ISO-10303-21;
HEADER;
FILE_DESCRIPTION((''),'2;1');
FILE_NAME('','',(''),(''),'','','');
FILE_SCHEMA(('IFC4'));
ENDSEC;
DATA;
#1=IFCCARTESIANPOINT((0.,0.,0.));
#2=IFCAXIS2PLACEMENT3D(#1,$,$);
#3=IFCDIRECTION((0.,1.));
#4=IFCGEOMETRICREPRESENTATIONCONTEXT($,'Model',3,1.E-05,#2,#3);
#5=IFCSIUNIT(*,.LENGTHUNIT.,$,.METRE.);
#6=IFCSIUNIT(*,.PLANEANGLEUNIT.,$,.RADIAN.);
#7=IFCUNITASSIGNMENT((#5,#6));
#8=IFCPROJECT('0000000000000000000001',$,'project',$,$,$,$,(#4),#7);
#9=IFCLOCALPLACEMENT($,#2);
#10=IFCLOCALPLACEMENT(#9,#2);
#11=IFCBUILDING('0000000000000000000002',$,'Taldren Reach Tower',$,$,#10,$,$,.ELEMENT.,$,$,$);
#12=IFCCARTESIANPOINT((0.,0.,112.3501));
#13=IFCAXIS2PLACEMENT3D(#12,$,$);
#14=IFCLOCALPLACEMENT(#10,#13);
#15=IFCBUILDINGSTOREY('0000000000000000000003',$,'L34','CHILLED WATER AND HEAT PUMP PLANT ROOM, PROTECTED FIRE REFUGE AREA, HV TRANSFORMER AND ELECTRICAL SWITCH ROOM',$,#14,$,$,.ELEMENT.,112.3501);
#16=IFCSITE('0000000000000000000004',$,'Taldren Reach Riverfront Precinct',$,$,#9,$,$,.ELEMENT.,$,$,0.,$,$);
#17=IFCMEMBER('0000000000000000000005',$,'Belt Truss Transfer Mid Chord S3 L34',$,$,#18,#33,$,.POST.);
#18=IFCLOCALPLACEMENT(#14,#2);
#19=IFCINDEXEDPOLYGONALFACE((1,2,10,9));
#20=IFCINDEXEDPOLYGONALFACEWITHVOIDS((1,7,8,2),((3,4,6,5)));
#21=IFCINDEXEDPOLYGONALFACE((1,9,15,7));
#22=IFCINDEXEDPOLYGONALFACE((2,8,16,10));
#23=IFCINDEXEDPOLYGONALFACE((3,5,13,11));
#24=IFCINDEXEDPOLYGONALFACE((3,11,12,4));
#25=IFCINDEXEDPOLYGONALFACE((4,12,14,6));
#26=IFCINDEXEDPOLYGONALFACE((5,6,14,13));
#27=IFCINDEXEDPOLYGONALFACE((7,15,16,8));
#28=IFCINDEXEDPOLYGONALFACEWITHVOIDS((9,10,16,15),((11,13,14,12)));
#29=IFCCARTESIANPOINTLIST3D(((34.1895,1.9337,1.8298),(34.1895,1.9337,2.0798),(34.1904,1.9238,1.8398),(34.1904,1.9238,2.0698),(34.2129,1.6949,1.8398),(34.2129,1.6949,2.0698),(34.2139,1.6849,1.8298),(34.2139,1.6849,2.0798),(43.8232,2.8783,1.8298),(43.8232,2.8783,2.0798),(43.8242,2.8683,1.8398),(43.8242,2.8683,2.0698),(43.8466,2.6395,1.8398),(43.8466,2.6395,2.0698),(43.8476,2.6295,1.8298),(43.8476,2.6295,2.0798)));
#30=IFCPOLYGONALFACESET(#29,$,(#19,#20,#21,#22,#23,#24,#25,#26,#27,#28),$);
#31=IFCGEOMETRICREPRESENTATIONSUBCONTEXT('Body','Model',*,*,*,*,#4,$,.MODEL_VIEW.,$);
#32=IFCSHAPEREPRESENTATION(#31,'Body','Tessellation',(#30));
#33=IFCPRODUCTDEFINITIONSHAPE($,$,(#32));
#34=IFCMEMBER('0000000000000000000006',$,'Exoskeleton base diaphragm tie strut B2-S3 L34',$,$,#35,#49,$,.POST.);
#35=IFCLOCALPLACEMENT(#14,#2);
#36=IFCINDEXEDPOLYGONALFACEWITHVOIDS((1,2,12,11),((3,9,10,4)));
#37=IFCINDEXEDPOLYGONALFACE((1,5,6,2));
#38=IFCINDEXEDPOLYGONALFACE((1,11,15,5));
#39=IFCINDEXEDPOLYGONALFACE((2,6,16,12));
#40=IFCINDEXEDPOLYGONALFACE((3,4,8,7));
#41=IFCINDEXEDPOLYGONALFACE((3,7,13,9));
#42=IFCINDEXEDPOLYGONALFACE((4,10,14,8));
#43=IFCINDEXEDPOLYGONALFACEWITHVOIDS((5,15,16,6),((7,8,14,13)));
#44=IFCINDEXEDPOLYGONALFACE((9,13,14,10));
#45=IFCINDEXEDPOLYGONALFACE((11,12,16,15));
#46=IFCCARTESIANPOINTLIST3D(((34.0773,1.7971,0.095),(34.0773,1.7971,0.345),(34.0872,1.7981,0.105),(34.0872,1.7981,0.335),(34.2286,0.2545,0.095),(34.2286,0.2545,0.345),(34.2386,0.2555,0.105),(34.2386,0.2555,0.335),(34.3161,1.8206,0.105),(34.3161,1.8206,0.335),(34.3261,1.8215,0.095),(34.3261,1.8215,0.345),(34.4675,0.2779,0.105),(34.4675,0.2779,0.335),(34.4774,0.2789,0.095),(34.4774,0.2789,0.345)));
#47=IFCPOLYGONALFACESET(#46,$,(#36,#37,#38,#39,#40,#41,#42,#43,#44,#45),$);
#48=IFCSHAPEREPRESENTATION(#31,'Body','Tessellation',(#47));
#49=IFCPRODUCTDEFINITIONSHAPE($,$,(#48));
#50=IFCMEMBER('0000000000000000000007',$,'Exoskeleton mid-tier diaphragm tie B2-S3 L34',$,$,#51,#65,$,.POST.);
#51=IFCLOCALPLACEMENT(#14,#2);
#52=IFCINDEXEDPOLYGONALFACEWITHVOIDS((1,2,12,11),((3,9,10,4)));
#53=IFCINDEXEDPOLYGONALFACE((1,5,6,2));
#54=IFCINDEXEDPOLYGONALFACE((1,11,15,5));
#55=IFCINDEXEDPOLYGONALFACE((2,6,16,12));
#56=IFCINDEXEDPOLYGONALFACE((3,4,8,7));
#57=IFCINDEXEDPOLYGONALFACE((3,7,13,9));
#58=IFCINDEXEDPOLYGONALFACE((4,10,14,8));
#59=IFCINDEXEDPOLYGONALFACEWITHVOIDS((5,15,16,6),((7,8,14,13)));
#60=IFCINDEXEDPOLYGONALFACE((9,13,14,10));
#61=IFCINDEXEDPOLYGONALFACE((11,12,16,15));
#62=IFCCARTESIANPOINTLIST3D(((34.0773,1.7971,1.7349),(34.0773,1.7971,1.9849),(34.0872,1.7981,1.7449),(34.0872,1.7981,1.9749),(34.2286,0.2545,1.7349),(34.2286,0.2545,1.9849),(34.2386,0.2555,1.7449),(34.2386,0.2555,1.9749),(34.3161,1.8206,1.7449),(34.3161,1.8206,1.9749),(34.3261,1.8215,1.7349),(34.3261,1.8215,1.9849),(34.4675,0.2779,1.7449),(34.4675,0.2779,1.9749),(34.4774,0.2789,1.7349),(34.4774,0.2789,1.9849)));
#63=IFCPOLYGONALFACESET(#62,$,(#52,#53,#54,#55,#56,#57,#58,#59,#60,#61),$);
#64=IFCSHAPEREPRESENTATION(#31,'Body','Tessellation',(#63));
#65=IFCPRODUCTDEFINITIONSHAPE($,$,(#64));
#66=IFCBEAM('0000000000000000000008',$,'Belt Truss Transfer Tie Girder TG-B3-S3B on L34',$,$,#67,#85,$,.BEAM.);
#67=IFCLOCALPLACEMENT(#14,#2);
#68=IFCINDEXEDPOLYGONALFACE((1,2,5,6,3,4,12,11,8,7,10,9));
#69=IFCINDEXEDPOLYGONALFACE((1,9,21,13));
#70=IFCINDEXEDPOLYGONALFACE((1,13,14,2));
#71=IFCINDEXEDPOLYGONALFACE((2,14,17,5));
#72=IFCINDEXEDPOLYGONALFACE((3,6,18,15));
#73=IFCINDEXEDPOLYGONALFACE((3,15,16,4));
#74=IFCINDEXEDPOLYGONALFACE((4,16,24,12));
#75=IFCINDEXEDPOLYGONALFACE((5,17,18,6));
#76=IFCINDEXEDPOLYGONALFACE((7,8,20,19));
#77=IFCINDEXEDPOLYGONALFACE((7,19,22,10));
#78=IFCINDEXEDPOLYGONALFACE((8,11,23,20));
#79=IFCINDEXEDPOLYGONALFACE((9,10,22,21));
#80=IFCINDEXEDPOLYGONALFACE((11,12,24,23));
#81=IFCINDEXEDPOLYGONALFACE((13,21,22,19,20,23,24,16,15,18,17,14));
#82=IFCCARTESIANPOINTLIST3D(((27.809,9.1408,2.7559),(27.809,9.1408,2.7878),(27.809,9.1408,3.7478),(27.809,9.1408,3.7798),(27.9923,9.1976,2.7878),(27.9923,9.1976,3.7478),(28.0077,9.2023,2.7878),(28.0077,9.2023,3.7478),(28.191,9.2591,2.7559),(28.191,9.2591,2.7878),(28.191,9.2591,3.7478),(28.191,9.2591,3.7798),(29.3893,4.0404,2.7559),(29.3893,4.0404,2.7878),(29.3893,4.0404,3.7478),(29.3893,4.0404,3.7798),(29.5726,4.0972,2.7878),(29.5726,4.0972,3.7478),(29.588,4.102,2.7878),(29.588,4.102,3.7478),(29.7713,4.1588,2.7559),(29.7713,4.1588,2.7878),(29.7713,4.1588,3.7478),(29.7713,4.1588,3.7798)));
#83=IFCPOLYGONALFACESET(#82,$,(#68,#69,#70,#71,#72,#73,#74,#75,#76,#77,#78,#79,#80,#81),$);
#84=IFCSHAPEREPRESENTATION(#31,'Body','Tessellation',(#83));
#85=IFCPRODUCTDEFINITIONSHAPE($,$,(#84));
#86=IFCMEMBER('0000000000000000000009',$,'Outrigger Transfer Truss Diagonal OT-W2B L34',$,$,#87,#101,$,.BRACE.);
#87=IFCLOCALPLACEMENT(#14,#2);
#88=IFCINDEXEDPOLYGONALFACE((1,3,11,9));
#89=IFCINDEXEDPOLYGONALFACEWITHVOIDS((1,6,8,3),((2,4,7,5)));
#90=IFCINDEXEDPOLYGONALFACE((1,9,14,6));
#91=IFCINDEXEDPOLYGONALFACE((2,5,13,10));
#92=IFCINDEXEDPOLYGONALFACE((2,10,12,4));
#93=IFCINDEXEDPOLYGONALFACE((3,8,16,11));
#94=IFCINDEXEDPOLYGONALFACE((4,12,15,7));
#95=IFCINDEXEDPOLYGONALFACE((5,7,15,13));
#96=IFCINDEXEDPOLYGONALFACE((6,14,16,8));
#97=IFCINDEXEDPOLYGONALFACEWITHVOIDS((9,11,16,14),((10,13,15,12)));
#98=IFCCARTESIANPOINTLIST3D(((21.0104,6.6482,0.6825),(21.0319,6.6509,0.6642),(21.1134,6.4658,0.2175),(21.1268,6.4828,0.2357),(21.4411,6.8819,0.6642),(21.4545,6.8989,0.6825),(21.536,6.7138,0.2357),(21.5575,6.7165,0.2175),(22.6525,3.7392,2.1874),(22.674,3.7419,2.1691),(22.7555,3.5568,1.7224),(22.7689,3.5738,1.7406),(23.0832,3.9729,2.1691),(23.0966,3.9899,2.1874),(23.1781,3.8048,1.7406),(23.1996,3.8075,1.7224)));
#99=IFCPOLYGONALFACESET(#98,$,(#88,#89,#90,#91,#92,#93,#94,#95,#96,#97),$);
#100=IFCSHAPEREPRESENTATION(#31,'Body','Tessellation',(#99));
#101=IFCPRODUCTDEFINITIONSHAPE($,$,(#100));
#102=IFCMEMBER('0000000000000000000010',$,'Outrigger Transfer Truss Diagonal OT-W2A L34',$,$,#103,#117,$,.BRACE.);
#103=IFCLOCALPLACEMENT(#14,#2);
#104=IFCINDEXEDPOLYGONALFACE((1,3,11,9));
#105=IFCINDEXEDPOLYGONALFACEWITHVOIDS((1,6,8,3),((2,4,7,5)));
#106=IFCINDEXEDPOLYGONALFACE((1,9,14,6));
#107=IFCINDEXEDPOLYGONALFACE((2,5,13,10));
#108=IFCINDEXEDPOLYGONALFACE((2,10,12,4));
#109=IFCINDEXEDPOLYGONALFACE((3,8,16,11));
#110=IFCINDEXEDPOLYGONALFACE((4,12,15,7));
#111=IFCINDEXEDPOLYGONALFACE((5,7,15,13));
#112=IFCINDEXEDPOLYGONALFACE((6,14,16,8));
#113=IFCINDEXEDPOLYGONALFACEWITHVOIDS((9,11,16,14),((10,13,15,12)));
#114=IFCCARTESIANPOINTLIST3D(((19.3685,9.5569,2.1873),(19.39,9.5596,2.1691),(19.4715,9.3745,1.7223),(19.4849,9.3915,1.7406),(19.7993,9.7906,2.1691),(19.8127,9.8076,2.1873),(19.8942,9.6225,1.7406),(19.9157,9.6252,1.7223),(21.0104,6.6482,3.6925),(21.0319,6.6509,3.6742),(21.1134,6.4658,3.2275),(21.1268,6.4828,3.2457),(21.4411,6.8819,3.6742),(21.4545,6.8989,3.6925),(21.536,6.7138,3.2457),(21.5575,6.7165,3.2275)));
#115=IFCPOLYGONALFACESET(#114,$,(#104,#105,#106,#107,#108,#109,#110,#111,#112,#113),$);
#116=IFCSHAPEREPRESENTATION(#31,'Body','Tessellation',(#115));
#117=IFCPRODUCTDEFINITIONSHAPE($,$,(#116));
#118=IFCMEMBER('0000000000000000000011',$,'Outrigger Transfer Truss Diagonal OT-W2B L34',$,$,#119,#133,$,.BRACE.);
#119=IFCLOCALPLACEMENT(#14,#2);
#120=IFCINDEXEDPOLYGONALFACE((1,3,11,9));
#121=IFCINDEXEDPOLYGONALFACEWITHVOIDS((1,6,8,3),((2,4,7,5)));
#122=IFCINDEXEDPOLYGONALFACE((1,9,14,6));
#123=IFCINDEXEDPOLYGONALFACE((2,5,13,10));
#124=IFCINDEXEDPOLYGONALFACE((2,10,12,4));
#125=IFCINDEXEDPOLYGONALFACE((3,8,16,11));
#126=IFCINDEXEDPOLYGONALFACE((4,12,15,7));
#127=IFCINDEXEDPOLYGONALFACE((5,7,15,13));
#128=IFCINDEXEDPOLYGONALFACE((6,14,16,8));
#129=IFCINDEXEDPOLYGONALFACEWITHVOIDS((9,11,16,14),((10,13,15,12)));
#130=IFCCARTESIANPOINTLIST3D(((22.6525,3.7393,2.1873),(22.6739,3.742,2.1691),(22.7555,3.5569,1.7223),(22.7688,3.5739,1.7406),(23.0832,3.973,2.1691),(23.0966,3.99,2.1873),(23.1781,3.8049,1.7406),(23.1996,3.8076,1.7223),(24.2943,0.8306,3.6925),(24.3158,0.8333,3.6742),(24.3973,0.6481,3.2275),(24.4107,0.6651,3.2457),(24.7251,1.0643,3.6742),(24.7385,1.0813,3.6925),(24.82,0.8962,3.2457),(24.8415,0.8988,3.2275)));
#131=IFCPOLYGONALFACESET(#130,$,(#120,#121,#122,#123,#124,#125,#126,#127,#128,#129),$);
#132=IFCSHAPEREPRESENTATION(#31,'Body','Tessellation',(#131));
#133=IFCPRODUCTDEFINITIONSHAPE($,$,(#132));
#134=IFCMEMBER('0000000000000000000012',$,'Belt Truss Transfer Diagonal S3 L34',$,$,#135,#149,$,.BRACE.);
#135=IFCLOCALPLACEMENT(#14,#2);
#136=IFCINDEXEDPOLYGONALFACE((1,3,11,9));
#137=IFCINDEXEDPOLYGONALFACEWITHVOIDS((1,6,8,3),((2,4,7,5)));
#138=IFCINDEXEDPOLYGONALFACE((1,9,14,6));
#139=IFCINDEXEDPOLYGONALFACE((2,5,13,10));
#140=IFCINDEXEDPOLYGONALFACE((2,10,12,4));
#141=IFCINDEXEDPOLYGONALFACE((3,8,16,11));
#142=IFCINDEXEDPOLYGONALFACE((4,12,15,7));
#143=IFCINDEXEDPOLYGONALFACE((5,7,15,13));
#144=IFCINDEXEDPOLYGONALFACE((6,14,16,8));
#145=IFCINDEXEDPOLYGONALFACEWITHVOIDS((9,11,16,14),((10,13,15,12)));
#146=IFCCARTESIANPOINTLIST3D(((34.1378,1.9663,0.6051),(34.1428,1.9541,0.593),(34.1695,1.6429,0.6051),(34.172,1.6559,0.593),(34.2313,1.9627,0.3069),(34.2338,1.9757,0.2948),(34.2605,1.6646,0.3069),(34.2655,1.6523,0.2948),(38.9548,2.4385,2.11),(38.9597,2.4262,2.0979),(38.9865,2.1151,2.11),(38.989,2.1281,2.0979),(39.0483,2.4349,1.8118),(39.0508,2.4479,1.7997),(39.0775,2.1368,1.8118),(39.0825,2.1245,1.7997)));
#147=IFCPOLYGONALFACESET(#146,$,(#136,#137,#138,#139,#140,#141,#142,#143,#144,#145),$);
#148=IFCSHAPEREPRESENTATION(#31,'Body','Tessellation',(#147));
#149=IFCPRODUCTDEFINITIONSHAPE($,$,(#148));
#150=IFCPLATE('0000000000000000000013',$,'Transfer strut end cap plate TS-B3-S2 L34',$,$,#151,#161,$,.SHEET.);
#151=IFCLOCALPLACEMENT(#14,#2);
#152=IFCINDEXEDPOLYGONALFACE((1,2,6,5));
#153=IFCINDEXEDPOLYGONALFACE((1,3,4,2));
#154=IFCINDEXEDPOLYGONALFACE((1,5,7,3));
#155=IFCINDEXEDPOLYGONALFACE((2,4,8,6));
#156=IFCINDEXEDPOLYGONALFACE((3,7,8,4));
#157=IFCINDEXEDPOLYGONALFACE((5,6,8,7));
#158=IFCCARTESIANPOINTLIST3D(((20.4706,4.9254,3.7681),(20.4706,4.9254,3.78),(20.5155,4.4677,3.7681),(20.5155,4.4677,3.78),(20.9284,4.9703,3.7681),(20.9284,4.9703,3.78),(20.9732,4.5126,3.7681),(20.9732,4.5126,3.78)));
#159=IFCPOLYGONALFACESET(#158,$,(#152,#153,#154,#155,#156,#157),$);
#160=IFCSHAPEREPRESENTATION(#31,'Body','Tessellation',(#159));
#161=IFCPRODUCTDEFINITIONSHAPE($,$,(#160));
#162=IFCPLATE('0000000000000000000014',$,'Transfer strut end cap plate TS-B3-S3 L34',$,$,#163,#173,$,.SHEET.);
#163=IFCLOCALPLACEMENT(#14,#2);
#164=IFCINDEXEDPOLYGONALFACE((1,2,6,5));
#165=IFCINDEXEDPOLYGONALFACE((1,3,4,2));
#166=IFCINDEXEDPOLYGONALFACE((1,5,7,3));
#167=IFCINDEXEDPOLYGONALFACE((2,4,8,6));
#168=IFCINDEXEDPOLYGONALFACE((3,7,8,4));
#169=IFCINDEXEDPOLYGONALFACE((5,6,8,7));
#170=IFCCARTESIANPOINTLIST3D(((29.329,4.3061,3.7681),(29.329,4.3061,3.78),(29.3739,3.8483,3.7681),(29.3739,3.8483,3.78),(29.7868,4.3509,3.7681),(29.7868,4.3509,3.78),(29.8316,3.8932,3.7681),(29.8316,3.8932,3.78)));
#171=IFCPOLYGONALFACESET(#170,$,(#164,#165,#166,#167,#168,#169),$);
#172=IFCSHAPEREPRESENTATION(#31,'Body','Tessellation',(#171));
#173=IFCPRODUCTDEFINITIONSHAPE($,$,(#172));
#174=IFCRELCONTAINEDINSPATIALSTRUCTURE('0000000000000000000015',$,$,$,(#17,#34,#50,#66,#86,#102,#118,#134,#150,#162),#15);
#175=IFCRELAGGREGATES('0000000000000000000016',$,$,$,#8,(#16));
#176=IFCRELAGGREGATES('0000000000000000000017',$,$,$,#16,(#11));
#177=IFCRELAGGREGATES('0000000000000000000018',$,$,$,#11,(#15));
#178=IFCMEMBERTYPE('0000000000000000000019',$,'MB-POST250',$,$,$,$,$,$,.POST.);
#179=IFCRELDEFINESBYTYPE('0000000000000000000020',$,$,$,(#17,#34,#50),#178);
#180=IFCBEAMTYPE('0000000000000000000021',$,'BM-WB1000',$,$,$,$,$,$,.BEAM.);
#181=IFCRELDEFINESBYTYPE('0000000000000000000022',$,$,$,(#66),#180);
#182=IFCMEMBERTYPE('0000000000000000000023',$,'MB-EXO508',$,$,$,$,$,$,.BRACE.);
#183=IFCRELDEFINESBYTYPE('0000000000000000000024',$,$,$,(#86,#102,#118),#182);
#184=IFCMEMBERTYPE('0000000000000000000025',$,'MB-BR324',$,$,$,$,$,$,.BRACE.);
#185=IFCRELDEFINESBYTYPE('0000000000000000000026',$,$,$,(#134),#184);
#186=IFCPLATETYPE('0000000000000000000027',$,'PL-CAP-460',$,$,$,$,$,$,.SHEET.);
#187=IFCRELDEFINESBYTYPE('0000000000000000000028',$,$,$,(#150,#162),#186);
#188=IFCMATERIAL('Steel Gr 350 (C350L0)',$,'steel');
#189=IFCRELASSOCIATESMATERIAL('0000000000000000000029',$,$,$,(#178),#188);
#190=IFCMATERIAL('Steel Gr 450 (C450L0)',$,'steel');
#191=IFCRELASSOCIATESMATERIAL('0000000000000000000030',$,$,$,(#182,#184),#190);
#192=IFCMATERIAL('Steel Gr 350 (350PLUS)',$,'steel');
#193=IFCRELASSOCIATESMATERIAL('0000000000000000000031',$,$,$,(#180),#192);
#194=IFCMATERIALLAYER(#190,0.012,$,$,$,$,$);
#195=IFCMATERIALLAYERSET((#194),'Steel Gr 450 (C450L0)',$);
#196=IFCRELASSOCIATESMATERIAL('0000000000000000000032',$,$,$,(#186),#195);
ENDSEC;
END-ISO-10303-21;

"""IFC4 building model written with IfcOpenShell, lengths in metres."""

from ifc_helpers import new_model, si_unit, direction, frame, origin, origin_2d, place, context, subcontext, project, spatial, rectangle, hollow_rectangle, i_section, extrude, source, transform, mapped, material, layer, layer_set, material_profile, profile_set, type_object, element, save


model = new_model("IFC4")

# Units and contexts
model_context = context("Model", 3, precision=1e-05, world=origin(), true_north=direction((0.0, 1.0)))
body_context = subcontext(model_context, "Body", "Model", "MODEL_VIEW")
ifc_project = project(units=[si_unit("LENGTHUNIT", "METRE"), si_unit("PLANEANGLEUNIT", "RADIAN")], contexts=[model_context])

# Site, building, storey
site_placement = place(None, origin())
site = spatial("IfcSite", under=ifc_project, at=site_placement, Name="Taldren Reach Riverfront Precinct", CompositionType="ELEMENT", RefElevation=0.0)
building_placement = place(site_placement, origin())
building = spatial("IfcBuilding", under=site, at=building_placement, Name="Taldren Reach Tower", CompositionType="ELEMENT")
storey_placement = place(building_placement, frame((0.0, 0.0, 112.3501)))
storey = spatial("IfcBuildingStorey", under=building, at=storey_placement, Name="L34", Description="CHILLED WATER AND HEAT PUMP PLANT ROOM, PROTECTED FIRE REFUGE AREA, HV TRANSFORMER AND ELECTRICAL SWITCH ROOM", CompositionType="ELEMENT", Elevation=112.3501)

# Shared definitions
ifc_material_1 = material(Name="Steel Gr 350 (350PLUS)", Category="steel")

# Shared definitions
ifc_material_2 = material(Name="Steel Gr 350 (C350L0)", Category="steel")
ifc_material_profile_1 = material_profile(ifc_material_2, hollow_rectangle(XDim=0.25, YDim=0.25, WallThickness=0.01, at=origin_2d()), Name="250x250x10.0SHS")
ifc_profile_set_1 = profile_set([ifc_material_profile_1], Name="Steel Gr 350 (C350L0)")
member_type_1 = type_object("IfcMemberType", Name="MB-POST250", PredefinedType="POST", material=ifc_profile_set_1)
ifc_material_3 = material(Name="Steel Gr 450 (C450L0)", Category="steel")
ifc_material_profile_2 = material_profile(ifc_material_3, hollow_rectangle(XDim=0.51, YDim=0.51, WallThickness=0.02, at=origin_2d()), Name="510x510x20.0SHS")
ifc_profile_set_2 = profile_set([ifc_material_profile_2], Name="Steel Gr 450 (C450L0)")
member_type_2 = type_object("IfcMemberType", Name="MB-EXO508", PredefinedType="BRACE", material=ifc_profile_set_2)

# Members
shared_shape_1 = source(origin(), body_context, "Body", "SweptSolid", [
    extrude(hollow_rectangle(XDim=0.25, YDim=0.25, WallThickness=0.01, at=origin_2d()), origin(), (0.0, 0.0, 1.0), 9.6799),
])
member_1_placement = place(storey_placement, frame((34.2017, 1.8093, 1.9548), z_axis=(0.995228, 0.097581, 0.0), x_axis=(-0.097581, 0.995228, 0.0)))
element("IfcMember", 1, at=member_1_placement, inside=storey, type_object=member_type_1, Name="Belt Truss Transfer Mid Chord S3 L34", PredefinedType="POST", context=body_context, shape_type="MappedRepresentation", body=[
    mapped(shared_shape_1, transform((0.0, 0.0, 0.0), scale=1.0)),
])
shared_shape_2 = source(origin(), body_context, "Body", "SweptSolid", [
    extrude(hollow_rectangle(XDim=0.25, YDim=0.25, WallThickness=0.01, at=origin_2d()), origin(), (0.0, 0.0, 1.0), 1.55),
])
for number, where, z_axis, x_axis, name in (
    (2, (34.2017, 1.8093, 0.22), (0.097648, -0.995221, 0.0), (0.995221, 0.097648, 0.0), "Exoskeleton base diaphragm tie strut B2-S3 L34"),
    (3, (34.2017, 1.8093, 1.8599), (0.097648, -0.995221, 0.0), (0.995221, 0.097648, 0.0), "Exoskeleton mid-tier diaphragm tie B2-S3 L34"),
):
    element("IfcMember", number, at=place(storey_placement, frame(where, z_axis=z_axis, x_axis=x_axis)), inside=storey, type_object=member_type_1, Name=name, PredefinedType="POST", context=body_context, shape_type="MappedRepresentation", body=[
        mapped(shared_shape_2, transform((0.0, 0.0, 0.0), scale=1.0)),
    ])

# Beam
ifc_material_profile_3 = material_profile(ifc_material_1, i_section(OverallWidth=0.3999, OverallDepth=1.0239, WebThickness=0.0161, FlangeThickness=0.032, at=origin_2d()), Name="1000WB322")
ifc_profile_set_3 = profile_set([ifc_material_profile_3], Name="Steel Gr 350 (350PLUS)")
beam_type_1 = type_object("IfcBeamType", Name="BM-WB1000", PredefinedType="BEAM", material=ifc_profile_set_3)
shared_shape_3 = source(origin(), body_context, "Body", "SweptSolid", [
    extrude(i_section(OverallWidth=0.3999, OverallDepth=1.0239, WebThickness=0.0161, FlangeThickness=0.032, at=origin_2d()), origin(), (0.0, 0.0, 1.0), 5.3396),
])
beam_1_placement = place(storey_placement, frame((28.0, 9.2, 3.2678), z_axis=(0.295965, -0.955199, 0.0), x_axis=(0.955199, 0.295965, 0.0)))
element("IfcBeam", 4, at=beam_1_placement, inside=storey, type_object=beam_type_1, Name="Belt Truss Transfer Tie Girder TG-B3-S3B on L34", PredefinedType="BEAM", context=body_context, shape_type="MappedRepresentation", body=[
    mapped(shared_shape_3, transform((0.0, 0.0, 0.0), scale=1.0)),
])

# Members
shared_shape_4 = source(origin(), body_context, "Body", "SweptSolid", [
    extrude(hollow_rectangle(XDim=0.51, YDim=0.51, WallThickness=0.02, at=origin_2d()), origin(), (0.0, 0.0, 1.0), 3.6638),
])
member_2_placement = place(storey_placement, frame((21.2839, 6.6824, 0.45), z_axis=(0.4482, -0.793978, 0.41075), x_axis=(0.870831, 0.491583, 0.0)))
element("IfcMember", 5, at=member_2_placement, inside=storey, type_object=member_type_2, Name="Outrigger Transfer Truss Diagonal OT-W2B L34", PredefinedType="BRACE", context=body_context, shape_type="MappedRepresentation", body=[
    mapped(shared_shape_4, transform((0.0, 0.0, 0.0), scale=1.0)),
])
shared_shape_5 = source(origin(), body_context, "Body", "SweptSolid", [
    extrude(hollow_rectangle(XDim=0.51, YDim=0.51, WallThickness=0.02, at=origin_2d()), origin(), (0.0, 0.0, 1.0), 3.6636),
])
for number, where, z_axis, x_axis, name in (
    (6, (19.6421, 9.5911, 1.9548), (0.448158, -0.793956, 0.410839), (0.870844, 0.491559, 0.0), "Outrigger Transfer Truss Diagonal OT-W2A L34"),
    (7, (22.926, 3.7734, 1.9548), (0.448158, -0.793956, 0.410839), (0.870844, 0.491559, 0.0), "Outrigger Transfer Truss Diagonal OT-W2B L34"),
):
    element("IfcMember", number, at=place(storey_placement, frame(where, z_axis=z_axis, x_axis=x_axis)), inside=storey, type_object=member_type_2, Name=name, PredefinedType="BRACE", context=body_context, shape_type="MappedRepresentation", body=[
        mapped(shared_shape_5, transform((0.0, 0.0, 0.0), scale=1.0)),
    ])
ifc_material_profile_4 = material_profile(ifc_material_3, hollow_rectangle(XDim=0.325, YDim=0.325, WallThickness=0.0127, at=origin_2d()), Name="325x325x12.7SHS")
ifc_profile_set_4 = profile_set([ifc_material_profile_4], Name="Steel Gr 450 (C450L0)")
member_type_3 = type_object("IfcMemberType", Name="MB-BR324", PredefinedType="BRACE", material=ifc_profile_set_4)
shared_shape_6 = source(origin(), body_context, "Body", "SweptSolid", [
    extrude(hollow_rectangle(XDim=0.325, YDim=0.325, WallThickness=0.0127, at=origin_2d()), origin(), (0.0, 0.0, 1.0), 5.0686),
])
member_3_placement = place(storey_placement, frame((34.2017, 1.8093, 0.45), z_axis=(0.950352, 0.093157, 0.296907), x_axis=(-0.097556, 0.99523, 0.0)))
element("IfcMember", 8, at=member_3_placement, inside=storey, type_object=member_type_3, Name="Belt Truss Transfer Diagonal S3 L34", PredefinedType="BRACE", context=body_context, shape_type="MappedRepresentation", body=[
    mapped(shared_shape_6, transform((0.0, 0.0, 0.0), scale=1.0)),
])

# Plates
ifc_layer_1 = layer(ifc_material_3, 0.012)
ifc_layer_set_1 = layer_set([ifc_layer_1], Name="Steel Gr 450 (C450L0)")
plate_type = type_object("IfcPlateType", Name="PL-CAP-460", PredefinedType="SHEET", material=ifc_layer_set_1)
shared_shape_7 = source(origin(), body_context, "Body", "SweptSolid", [
    extrude(rectangle(XDim=0.46, YDim=0.46, at=origin_2d()), origin(), (0.0, 0.0, 1.0), 0.012),
])
for number, where, z_axis, x_axis, name in (
    (9, (20.7219, 4.719, 3.7681), (0.0, 0.0, 1.0), (0.995227, 0.097583, 0.0), "Transfer strut end cap plate TS-B3-S2 L34"),
    (10, (29.5803, 4.0996, 3.7681), (0.0, 0.0, 1.0), (0.995227, 0.097583, 0.0), "Transfer strut end cap plate TS-B3-S3 L34"),
):
    element("IfcPlate", number, at=place(storey_placement, frame(where, z_axis=z_axis, x_axis=x_axis)), inside=storey, type_object=plate_type, Name=name, PredefinedType="SHEET", context=body_context, shape_type="MappedRepresentation", body=[
        mapped(shared_shape_7, transform((0.0, 0.0, 0.0), scale=1.0)),
    ])

save(model, "model.ifc")
